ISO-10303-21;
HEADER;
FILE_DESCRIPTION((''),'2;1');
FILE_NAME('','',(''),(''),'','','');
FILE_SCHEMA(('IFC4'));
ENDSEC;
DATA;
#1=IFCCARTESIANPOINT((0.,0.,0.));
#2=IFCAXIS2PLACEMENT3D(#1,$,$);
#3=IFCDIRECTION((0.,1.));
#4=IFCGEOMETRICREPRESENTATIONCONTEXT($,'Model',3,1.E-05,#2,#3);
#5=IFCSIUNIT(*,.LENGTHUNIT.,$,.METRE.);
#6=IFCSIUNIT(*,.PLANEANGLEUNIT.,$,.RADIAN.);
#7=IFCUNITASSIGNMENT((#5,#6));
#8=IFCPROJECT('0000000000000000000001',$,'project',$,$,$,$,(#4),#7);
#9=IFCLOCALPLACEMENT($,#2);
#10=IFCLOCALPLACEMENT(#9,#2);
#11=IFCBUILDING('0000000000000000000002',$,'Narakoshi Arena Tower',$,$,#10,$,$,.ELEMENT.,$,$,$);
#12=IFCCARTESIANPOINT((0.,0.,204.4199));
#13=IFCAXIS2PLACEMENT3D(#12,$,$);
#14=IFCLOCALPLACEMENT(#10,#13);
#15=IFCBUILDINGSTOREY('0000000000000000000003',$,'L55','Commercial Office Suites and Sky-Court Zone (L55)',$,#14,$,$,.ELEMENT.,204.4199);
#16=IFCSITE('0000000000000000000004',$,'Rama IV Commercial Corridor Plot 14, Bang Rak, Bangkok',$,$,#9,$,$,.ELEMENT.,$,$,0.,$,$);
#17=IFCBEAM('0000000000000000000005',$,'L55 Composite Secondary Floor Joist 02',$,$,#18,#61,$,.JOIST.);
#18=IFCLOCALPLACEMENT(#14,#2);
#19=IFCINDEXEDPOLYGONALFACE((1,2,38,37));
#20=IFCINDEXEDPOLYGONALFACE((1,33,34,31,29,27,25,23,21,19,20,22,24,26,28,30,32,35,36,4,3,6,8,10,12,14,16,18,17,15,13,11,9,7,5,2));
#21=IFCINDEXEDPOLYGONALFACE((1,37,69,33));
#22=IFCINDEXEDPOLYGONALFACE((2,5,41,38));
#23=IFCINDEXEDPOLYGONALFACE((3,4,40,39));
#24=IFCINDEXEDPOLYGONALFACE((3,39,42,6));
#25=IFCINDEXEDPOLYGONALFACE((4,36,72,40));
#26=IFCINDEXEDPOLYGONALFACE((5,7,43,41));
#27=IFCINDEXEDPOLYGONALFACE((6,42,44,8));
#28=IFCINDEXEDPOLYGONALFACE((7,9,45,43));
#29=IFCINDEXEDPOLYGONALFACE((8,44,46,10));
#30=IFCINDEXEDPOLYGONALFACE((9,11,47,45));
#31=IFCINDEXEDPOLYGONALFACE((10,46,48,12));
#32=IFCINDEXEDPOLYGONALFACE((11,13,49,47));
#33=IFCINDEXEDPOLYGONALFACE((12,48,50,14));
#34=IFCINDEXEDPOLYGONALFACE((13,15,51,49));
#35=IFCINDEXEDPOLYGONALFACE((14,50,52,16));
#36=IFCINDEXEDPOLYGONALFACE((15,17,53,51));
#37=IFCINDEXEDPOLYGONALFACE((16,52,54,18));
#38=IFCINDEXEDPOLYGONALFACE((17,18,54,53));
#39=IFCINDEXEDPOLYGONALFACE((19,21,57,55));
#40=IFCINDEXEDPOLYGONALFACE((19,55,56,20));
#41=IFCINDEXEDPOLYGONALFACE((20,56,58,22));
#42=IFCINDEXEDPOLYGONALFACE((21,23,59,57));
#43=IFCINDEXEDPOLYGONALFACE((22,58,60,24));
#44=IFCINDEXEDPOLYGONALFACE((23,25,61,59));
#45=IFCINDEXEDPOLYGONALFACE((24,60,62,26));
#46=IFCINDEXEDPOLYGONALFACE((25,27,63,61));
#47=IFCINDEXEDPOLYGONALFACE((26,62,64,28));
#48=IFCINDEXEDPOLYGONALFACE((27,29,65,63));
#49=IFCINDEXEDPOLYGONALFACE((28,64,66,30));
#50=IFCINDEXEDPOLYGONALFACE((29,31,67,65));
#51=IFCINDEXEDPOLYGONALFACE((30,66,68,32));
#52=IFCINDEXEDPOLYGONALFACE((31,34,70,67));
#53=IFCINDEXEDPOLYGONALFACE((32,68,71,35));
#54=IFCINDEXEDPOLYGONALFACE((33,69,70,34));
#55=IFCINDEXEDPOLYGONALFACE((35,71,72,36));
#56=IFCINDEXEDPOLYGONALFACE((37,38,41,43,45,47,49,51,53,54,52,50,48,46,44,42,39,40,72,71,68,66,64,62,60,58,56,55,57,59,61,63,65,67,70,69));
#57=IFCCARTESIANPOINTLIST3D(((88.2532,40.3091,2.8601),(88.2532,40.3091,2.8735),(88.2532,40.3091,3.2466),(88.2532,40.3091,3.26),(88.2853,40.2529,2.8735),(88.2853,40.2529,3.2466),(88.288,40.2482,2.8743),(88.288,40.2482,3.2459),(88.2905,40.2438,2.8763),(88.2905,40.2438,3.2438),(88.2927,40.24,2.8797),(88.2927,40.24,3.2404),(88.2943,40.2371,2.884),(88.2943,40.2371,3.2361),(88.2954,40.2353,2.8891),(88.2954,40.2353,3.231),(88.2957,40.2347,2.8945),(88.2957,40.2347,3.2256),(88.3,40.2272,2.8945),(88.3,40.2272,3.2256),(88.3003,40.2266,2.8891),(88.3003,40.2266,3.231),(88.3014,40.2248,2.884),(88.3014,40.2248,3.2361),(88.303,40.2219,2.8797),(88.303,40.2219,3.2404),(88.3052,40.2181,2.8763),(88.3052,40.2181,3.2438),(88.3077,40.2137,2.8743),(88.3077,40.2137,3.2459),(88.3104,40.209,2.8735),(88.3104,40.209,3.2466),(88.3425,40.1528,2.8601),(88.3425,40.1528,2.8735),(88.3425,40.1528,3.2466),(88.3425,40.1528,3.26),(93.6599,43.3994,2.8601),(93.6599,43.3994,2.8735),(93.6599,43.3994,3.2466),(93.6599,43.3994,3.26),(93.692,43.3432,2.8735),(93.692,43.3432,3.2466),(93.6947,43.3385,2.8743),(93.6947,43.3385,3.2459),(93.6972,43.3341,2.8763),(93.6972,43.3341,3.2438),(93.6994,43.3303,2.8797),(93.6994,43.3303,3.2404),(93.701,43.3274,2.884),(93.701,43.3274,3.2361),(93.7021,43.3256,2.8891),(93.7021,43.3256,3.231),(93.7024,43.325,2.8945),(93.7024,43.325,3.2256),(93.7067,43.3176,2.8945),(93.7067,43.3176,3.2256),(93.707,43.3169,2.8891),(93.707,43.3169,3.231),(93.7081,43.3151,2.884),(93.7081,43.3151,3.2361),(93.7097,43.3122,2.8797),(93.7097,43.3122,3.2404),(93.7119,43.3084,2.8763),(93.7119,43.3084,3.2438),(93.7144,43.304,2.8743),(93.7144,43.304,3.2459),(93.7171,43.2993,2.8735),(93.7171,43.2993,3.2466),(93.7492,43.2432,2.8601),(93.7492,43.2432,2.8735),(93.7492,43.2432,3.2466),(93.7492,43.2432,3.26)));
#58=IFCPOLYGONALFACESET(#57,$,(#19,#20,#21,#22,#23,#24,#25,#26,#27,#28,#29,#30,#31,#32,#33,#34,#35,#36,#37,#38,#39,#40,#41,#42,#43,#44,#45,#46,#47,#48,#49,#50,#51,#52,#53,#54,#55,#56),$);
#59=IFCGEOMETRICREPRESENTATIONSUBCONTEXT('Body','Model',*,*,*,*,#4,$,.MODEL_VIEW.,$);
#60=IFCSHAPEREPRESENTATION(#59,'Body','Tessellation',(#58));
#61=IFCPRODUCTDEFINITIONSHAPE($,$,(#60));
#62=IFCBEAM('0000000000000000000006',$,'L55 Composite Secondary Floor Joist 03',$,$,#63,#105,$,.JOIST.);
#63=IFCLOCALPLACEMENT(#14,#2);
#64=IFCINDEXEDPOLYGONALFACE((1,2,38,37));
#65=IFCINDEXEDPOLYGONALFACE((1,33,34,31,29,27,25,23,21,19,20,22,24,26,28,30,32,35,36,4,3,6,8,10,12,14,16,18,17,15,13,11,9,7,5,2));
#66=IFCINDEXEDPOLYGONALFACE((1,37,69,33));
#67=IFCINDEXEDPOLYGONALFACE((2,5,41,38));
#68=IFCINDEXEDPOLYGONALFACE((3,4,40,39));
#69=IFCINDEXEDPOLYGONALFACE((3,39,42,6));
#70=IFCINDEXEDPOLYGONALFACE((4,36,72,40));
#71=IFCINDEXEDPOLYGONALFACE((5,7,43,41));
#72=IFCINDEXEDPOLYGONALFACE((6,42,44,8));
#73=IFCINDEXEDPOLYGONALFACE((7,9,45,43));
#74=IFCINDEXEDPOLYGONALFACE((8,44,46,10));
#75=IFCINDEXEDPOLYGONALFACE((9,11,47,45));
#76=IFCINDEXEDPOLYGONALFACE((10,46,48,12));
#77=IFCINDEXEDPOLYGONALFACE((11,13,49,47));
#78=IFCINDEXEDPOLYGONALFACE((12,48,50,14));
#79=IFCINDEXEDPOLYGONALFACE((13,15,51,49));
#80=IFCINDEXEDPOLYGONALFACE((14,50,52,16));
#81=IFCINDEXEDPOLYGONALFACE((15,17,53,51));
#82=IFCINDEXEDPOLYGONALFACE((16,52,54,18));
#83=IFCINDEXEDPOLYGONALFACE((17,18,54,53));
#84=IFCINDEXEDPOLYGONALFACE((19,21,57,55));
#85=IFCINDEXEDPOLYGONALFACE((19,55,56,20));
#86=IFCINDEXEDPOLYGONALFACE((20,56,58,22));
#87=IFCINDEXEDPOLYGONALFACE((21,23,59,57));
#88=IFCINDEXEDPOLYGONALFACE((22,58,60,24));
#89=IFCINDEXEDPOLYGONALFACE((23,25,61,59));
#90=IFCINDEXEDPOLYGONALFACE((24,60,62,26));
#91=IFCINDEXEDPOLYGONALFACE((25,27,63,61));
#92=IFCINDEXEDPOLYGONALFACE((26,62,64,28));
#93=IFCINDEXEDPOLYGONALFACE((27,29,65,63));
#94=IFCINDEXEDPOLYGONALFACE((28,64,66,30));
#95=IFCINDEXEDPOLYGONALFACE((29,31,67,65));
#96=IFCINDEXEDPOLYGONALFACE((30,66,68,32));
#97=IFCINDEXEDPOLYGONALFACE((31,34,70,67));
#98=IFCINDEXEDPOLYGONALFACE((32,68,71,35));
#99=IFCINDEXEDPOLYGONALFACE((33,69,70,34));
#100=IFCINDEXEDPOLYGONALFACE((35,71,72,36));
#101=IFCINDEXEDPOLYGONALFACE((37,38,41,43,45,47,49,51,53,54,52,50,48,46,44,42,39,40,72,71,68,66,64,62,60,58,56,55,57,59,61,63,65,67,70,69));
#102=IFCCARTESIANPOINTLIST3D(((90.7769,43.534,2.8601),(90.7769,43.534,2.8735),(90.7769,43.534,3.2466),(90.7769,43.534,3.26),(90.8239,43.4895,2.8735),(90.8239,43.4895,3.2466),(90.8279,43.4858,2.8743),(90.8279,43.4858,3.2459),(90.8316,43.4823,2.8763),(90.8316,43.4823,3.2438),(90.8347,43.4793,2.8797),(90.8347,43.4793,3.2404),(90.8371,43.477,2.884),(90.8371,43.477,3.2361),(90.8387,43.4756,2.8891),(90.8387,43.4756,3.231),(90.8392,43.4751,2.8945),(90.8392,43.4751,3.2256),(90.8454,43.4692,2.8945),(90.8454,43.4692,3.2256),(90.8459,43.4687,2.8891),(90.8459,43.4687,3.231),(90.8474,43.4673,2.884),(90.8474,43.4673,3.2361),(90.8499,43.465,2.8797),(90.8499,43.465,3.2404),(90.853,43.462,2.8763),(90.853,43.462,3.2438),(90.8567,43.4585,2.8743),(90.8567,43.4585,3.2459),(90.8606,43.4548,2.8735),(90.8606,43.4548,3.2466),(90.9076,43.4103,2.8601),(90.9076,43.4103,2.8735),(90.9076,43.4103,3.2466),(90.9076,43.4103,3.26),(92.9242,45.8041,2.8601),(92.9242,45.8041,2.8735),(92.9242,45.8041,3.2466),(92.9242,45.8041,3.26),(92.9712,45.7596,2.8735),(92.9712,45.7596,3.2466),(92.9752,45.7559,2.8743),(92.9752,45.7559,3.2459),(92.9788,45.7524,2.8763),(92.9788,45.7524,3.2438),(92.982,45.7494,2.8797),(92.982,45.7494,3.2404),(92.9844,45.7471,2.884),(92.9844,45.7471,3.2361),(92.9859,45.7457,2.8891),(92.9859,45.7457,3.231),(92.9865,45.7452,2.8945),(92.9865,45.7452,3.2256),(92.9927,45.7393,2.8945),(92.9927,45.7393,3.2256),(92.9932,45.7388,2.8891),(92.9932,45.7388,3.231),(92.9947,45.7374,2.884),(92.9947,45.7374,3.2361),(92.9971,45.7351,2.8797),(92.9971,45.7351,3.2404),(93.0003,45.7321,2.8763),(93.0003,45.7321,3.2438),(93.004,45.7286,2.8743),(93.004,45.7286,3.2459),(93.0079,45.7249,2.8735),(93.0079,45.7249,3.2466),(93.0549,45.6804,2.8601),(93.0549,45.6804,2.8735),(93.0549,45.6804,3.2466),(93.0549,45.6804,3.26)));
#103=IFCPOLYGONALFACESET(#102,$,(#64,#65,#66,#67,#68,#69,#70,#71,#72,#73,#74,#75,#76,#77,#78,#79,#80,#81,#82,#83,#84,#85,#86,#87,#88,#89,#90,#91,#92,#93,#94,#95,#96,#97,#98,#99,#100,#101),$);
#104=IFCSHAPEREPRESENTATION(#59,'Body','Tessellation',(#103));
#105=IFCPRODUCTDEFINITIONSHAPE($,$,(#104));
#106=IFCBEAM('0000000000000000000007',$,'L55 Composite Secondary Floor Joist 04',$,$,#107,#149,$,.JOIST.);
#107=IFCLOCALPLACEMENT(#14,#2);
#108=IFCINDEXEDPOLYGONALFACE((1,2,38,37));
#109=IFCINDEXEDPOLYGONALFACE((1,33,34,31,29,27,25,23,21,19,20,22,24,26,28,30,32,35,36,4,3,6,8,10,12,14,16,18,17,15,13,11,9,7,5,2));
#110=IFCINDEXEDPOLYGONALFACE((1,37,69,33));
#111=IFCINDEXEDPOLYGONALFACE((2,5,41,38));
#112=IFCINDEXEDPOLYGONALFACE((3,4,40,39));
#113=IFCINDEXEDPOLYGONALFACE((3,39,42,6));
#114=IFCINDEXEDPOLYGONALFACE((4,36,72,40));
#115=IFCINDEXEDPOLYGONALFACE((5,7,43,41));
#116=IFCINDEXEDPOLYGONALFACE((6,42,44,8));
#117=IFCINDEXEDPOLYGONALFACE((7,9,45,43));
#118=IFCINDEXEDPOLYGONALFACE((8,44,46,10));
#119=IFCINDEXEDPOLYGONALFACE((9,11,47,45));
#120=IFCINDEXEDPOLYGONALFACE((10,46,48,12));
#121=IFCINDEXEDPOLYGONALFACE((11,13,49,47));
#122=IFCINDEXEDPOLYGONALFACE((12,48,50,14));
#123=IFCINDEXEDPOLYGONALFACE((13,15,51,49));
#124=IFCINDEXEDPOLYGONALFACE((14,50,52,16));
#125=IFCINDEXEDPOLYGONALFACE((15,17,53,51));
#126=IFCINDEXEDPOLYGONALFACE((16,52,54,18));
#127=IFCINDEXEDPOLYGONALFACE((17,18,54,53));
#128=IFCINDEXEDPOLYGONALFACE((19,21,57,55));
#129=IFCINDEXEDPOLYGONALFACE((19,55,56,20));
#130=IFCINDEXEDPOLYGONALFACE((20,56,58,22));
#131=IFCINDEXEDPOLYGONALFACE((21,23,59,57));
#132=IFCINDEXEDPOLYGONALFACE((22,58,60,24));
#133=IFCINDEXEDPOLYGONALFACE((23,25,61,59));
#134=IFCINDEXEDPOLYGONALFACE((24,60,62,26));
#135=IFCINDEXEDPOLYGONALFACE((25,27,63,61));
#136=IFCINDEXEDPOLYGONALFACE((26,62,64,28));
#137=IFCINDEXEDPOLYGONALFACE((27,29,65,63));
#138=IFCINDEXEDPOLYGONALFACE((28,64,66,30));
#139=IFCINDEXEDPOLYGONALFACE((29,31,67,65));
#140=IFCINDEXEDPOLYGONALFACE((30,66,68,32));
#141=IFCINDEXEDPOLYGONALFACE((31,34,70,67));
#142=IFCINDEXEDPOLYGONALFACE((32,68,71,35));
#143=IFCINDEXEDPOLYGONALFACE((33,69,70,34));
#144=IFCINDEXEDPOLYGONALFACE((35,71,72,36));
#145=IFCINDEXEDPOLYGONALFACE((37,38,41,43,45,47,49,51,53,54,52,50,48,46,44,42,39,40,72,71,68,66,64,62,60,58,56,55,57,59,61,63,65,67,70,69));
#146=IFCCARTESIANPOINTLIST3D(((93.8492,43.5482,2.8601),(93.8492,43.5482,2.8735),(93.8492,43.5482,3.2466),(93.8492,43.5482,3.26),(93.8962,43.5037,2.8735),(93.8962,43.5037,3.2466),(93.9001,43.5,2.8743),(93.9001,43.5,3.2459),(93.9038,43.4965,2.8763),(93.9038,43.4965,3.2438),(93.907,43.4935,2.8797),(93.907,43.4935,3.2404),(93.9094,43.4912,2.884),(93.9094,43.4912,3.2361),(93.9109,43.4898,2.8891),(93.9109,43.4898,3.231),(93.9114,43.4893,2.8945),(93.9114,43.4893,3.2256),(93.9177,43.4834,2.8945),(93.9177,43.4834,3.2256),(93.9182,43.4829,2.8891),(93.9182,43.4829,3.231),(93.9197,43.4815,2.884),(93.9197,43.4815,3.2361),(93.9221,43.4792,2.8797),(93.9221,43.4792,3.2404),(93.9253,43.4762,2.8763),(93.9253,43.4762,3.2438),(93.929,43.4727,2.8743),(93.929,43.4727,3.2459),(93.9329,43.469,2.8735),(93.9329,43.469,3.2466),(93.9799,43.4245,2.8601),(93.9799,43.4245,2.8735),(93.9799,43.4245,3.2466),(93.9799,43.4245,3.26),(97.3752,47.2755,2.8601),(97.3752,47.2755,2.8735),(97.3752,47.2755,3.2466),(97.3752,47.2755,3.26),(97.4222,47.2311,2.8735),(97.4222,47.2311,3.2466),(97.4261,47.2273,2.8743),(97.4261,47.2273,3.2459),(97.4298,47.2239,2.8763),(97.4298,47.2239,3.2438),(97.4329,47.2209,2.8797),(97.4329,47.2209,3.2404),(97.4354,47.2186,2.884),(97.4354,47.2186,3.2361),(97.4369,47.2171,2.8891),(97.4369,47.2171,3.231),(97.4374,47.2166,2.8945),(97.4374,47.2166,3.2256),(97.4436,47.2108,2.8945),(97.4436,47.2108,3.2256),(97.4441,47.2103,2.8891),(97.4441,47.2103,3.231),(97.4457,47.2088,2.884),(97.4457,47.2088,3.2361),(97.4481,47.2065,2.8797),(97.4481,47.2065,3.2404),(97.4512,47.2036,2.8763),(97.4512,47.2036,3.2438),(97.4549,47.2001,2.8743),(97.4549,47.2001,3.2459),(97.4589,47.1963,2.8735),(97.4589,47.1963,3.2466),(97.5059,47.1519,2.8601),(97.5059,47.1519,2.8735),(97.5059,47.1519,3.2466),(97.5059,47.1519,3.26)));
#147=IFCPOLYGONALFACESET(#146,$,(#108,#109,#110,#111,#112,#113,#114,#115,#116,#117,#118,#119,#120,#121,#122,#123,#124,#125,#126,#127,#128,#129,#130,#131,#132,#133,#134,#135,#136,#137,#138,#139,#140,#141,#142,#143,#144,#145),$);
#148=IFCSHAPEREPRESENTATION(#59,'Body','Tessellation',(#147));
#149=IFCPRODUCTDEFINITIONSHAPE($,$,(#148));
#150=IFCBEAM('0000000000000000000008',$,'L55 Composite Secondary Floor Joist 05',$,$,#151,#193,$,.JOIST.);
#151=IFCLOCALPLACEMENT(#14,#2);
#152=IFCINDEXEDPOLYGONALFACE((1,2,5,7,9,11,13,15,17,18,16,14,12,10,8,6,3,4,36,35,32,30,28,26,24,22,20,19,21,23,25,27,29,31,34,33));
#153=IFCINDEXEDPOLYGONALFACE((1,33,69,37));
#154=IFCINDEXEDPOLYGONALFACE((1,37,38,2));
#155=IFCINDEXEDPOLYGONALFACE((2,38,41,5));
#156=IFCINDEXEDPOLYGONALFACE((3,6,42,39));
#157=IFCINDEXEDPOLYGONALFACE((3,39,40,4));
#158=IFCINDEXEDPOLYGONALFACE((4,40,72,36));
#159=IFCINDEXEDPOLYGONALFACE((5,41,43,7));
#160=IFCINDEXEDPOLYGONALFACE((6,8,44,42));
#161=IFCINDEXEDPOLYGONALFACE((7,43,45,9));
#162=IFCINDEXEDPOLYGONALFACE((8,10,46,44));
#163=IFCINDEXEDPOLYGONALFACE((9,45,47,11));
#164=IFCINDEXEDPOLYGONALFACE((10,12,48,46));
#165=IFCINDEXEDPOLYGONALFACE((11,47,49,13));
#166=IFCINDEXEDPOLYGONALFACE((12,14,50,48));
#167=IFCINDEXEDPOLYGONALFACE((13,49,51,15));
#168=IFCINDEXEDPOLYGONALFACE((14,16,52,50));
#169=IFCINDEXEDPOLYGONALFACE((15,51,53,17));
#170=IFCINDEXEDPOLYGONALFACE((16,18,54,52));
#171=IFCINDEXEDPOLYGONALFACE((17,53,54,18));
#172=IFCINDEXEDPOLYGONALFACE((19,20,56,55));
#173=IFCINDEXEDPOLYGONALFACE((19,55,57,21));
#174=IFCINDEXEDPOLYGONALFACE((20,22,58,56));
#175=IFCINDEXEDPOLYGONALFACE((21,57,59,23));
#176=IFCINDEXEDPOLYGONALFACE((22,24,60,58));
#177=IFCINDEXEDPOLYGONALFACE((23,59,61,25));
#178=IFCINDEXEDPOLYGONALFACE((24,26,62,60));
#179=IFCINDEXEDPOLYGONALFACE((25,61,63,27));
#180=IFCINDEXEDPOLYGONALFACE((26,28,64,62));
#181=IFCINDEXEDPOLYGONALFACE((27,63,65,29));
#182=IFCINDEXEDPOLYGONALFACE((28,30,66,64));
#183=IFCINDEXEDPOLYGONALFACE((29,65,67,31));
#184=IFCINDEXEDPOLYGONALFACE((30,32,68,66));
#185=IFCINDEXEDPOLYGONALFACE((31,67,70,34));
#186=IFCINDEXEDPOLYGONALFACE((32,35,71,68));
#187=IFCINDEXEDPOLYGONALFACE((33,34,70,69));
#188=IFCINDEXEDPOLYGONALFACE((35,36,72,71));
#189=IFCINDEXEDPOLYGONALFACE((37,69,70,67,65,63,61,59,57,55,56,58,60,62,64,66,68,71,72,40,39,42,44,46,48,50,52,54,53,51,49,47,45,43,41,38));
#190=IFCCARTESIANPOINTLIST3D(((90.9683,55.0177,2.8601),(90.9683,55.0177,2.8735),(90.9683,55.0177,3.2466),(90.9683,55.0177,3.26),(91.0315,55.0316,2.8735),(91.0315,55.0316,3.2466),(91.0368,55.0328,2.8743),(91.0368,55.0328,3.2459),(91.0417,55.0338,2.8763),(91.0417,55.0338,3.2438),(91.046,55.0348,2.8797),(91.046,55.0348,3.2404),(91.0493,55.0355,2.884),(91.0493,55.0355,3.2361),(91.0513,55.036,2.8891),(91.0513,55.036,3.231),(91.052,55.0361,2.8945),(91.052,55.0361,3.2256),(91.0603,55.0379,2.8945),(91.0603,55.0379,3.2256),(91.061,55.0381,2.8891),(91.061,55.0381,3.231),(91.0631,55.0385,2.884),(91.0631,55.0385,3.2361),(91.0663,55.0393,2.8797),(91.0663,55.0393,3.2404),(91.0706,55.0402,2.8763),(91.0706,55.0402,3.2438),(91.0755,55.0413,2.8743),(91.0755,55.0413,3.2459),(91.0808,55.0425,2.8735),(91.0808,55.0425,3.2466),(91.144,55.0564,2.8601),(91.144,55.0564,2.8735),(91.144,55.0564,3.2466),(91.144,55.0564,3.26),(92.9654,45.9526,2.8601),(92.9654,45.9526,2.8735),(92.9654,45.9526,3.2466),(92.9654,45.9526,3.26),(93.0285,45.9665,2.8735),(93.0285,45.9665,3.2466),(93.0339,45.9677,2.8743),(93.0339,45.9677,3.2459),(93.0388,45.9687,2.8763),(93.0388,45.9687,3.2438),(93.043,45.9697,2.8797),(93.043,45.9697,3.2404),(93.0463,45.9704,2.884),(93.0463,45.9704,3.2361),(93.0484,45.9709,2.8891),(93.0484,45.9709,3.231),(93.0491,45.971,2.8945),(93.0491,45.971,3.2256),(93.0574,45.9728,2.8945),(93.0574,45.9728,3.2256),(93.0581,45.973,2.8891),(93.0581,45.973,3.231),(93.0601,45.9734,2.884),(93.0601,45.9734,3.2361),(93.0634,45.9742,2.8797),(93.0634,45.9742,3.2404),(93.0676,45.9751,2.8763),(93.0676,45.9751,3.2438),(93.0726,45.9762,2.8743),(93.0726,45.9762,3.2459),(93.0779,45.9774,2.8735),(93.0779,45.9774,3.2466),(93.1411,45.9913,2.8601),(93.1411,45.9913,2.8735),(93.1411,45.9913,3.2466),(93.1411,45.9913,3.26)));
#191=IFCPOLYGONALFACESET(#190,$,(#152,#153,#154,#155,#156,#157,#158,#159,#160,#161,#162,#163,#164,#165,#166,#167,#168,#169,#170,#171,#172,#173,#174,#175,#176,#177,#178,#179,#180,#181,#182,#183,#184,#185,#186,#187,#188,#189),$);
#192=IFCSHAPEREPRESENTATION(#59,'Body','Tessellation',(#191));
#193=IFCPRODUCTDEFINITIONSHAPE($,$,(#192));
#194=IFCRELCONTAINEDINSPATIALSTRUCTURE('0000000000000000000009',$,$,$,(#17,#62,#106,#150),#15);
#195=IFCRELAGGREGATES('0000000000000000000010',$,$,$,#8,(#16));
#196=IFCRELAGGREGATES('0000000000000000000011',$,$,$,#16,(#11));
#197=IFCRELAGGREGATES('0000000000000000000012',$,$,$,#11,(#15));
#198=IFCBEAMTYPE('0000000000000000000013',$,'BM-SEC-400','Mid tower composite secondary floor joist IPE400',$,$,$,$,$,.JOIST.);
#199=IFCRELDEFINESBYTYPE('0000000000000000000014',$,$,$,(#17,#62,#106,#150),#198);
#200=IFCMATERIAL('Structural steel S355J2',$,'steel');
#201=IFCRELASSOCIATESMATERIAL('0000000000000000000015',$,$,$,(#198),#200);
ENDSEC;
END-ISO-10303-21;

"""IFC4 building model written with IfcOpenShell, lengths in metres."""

from ifc_helpers import new_model, si_unit, direction, frame, origin, origin_2d, place, context, subcontext, project, spatial, i_section, extrude, material, material_profile, profile_set, type_object, element, save


model = new_model("IFC4")

# Units and contexts
model_context = context("Model", 3, precision=1e-05, world=origin(), true_north=direction((0.0, 1.0)))
body_context = subcontext(model_context, "Body", "Model", "MODEL_VIEW")
ifc_project = project(units=[si_unit("LENGTHUNIT", "METRE"), si_unit("PLANEANGLEUNIT", "RADIAN")], contexts=[model_context])

# Site, building, storey
site_placement = place(None, origin())
site = spatial("IfcSite", under=ifc_project, at=site_placement, Name="Rama IV Commercial Corridor Plot 14, Bang Rak, Bangkok", CompositionType="ELEMENT", RefElevation=0.0)
building_placement = place(site_placement, origin())
building = spatial("IfcBuilding", under=site, at=building_placement, Name="Narakoshi Arena Tower", CompositionType="ELEMENT")
storey_placement = place(building_placement, frame((0.0, 0.0, 204.4199)))
storey = spatial("IfcBuildingStorey", under=building, at=storey_placement, Name="L55", Description="Commercial Office Suites and Sky-Court Zone (L55)", CompositionType="ELEMENT", Elevation=204.4199)

# Beams
ifc_material_1 = material(Name="Structural steel S355J2", Category="steel")
ifc_material_profile_1 = material_profile(ifc_material_1, i_section(OverallWidth=0.1799, OverallDepth=0.3999, WebThickness=0.0085, FlangeThickness=0.0134, FilletRadius=0.021, at=origin_2d()), Name="IPE400")
ifc_profile_set_1 = profile_set([ifc_material_profile_1], Name="Structural steel S355J2")
beam_type_1 = type_object("IfcBeamType", Name="BM-SEC-400", Description="Mid tower composite secondary floor joist IPE400", PredefinedType="JOIST", material=ifc_profile_set_1)
beam_1_placement = place(storey_placement, frame((88.2979, 40.231, 3.0601), z_axis=(0.86819, 0.496232, 0.0), x_axis=(-0.496232, 0.86819, 0.0)))
element("IfcBeam", 1, at=beam_1_placement, inside=storey, type_object=beam_type_1, Name="L55 Composite Secondary Floor Joist 02", PredefinedType="JOIST", context=body_context, shape_type="SweptSolid", body=[
    extrude(i_section(OverallWidth=0.1799, OverallDepth=0.3999, WebThickness=0.0085, FlangeThickness=0.0134, FilletRadius=0.021, at=origin_2d()), origin(), (0.0, 0.0, 1.0), 6.2275),
])
beam_2_placement = place(storey_placement, frame((90.8423, 43.4722, 3.0601), z_axis=(0.687183, 0.726484, 0.0), x_axis=(-0.726484, 0.687183, 0.0)))
element("IfcBeam", 2, at=beam_2_placement, inside=storey, type_object=beam_type_1, Name="L55 Composite Secondary Floor Joist 03", PredefinedType="JOIST", context=body_context, shape_type="SweptSolid", body=[
    extrude(i_section(OverallWidth=0.1799, OverallDepth=0.3999, WebThickness=0.0085, FlangeThickness=0.0134, FilletRadius=0.021, at=origin_2d()), origin(), (0.0, 0.0, 1.0), 3.1248),
])
beam_3_placement = place(storey_placement, frame((93.9146, 43.4863, 3.0601), z_axis=(0.687206, 0.726463, 0.0), x_axis=(-0.726463, 0.687206, 0.0)))
element("IfcBeam", 3, at=beam_3_placement, inside=storey, type_object=beam_type_1, Name="L55 Composite Secondary Floor Joist 04", PredefinedType="JOIST", context=body_context, shape_type="SweptSolid", body=[
    extrude(i_section(OverallWidth=0.1799, OverallDepth=0.3999, WebThickness=0.0085, FlangeThickness=0.0134, FilletRadius=0.021, at=origin_2d()), origin(), (0.0, 0.0, 1.0), 5.1309),
])
beam_4_placement = place(storey_placement, frame((93.0532, 45.9719, 3.0601), z_axis=(-0.215142, 0.976583, 0.0), x_axis=(-0.976583, -0.215142, 0.0)))
element("IfcBeam", 4, at=beam_4_placement, inside=storey, type_object=beam_type_1, Name="L55 Composite Secondary Floor Joist 05", PredefinedType="JOIST", context=body_context, shape_type="SweptSolid", body=[
    extrude(i_section(OverallWidth=0.1799, OverallDepth=0.3999, WebThickness=0.0085, FlangeThickness=0.0134, FilletRadius=0.021, at=origin_2d()), origin(), (0.0, 0.0, 1.0), 9.2825),
])

save(model, "model.ifc")
